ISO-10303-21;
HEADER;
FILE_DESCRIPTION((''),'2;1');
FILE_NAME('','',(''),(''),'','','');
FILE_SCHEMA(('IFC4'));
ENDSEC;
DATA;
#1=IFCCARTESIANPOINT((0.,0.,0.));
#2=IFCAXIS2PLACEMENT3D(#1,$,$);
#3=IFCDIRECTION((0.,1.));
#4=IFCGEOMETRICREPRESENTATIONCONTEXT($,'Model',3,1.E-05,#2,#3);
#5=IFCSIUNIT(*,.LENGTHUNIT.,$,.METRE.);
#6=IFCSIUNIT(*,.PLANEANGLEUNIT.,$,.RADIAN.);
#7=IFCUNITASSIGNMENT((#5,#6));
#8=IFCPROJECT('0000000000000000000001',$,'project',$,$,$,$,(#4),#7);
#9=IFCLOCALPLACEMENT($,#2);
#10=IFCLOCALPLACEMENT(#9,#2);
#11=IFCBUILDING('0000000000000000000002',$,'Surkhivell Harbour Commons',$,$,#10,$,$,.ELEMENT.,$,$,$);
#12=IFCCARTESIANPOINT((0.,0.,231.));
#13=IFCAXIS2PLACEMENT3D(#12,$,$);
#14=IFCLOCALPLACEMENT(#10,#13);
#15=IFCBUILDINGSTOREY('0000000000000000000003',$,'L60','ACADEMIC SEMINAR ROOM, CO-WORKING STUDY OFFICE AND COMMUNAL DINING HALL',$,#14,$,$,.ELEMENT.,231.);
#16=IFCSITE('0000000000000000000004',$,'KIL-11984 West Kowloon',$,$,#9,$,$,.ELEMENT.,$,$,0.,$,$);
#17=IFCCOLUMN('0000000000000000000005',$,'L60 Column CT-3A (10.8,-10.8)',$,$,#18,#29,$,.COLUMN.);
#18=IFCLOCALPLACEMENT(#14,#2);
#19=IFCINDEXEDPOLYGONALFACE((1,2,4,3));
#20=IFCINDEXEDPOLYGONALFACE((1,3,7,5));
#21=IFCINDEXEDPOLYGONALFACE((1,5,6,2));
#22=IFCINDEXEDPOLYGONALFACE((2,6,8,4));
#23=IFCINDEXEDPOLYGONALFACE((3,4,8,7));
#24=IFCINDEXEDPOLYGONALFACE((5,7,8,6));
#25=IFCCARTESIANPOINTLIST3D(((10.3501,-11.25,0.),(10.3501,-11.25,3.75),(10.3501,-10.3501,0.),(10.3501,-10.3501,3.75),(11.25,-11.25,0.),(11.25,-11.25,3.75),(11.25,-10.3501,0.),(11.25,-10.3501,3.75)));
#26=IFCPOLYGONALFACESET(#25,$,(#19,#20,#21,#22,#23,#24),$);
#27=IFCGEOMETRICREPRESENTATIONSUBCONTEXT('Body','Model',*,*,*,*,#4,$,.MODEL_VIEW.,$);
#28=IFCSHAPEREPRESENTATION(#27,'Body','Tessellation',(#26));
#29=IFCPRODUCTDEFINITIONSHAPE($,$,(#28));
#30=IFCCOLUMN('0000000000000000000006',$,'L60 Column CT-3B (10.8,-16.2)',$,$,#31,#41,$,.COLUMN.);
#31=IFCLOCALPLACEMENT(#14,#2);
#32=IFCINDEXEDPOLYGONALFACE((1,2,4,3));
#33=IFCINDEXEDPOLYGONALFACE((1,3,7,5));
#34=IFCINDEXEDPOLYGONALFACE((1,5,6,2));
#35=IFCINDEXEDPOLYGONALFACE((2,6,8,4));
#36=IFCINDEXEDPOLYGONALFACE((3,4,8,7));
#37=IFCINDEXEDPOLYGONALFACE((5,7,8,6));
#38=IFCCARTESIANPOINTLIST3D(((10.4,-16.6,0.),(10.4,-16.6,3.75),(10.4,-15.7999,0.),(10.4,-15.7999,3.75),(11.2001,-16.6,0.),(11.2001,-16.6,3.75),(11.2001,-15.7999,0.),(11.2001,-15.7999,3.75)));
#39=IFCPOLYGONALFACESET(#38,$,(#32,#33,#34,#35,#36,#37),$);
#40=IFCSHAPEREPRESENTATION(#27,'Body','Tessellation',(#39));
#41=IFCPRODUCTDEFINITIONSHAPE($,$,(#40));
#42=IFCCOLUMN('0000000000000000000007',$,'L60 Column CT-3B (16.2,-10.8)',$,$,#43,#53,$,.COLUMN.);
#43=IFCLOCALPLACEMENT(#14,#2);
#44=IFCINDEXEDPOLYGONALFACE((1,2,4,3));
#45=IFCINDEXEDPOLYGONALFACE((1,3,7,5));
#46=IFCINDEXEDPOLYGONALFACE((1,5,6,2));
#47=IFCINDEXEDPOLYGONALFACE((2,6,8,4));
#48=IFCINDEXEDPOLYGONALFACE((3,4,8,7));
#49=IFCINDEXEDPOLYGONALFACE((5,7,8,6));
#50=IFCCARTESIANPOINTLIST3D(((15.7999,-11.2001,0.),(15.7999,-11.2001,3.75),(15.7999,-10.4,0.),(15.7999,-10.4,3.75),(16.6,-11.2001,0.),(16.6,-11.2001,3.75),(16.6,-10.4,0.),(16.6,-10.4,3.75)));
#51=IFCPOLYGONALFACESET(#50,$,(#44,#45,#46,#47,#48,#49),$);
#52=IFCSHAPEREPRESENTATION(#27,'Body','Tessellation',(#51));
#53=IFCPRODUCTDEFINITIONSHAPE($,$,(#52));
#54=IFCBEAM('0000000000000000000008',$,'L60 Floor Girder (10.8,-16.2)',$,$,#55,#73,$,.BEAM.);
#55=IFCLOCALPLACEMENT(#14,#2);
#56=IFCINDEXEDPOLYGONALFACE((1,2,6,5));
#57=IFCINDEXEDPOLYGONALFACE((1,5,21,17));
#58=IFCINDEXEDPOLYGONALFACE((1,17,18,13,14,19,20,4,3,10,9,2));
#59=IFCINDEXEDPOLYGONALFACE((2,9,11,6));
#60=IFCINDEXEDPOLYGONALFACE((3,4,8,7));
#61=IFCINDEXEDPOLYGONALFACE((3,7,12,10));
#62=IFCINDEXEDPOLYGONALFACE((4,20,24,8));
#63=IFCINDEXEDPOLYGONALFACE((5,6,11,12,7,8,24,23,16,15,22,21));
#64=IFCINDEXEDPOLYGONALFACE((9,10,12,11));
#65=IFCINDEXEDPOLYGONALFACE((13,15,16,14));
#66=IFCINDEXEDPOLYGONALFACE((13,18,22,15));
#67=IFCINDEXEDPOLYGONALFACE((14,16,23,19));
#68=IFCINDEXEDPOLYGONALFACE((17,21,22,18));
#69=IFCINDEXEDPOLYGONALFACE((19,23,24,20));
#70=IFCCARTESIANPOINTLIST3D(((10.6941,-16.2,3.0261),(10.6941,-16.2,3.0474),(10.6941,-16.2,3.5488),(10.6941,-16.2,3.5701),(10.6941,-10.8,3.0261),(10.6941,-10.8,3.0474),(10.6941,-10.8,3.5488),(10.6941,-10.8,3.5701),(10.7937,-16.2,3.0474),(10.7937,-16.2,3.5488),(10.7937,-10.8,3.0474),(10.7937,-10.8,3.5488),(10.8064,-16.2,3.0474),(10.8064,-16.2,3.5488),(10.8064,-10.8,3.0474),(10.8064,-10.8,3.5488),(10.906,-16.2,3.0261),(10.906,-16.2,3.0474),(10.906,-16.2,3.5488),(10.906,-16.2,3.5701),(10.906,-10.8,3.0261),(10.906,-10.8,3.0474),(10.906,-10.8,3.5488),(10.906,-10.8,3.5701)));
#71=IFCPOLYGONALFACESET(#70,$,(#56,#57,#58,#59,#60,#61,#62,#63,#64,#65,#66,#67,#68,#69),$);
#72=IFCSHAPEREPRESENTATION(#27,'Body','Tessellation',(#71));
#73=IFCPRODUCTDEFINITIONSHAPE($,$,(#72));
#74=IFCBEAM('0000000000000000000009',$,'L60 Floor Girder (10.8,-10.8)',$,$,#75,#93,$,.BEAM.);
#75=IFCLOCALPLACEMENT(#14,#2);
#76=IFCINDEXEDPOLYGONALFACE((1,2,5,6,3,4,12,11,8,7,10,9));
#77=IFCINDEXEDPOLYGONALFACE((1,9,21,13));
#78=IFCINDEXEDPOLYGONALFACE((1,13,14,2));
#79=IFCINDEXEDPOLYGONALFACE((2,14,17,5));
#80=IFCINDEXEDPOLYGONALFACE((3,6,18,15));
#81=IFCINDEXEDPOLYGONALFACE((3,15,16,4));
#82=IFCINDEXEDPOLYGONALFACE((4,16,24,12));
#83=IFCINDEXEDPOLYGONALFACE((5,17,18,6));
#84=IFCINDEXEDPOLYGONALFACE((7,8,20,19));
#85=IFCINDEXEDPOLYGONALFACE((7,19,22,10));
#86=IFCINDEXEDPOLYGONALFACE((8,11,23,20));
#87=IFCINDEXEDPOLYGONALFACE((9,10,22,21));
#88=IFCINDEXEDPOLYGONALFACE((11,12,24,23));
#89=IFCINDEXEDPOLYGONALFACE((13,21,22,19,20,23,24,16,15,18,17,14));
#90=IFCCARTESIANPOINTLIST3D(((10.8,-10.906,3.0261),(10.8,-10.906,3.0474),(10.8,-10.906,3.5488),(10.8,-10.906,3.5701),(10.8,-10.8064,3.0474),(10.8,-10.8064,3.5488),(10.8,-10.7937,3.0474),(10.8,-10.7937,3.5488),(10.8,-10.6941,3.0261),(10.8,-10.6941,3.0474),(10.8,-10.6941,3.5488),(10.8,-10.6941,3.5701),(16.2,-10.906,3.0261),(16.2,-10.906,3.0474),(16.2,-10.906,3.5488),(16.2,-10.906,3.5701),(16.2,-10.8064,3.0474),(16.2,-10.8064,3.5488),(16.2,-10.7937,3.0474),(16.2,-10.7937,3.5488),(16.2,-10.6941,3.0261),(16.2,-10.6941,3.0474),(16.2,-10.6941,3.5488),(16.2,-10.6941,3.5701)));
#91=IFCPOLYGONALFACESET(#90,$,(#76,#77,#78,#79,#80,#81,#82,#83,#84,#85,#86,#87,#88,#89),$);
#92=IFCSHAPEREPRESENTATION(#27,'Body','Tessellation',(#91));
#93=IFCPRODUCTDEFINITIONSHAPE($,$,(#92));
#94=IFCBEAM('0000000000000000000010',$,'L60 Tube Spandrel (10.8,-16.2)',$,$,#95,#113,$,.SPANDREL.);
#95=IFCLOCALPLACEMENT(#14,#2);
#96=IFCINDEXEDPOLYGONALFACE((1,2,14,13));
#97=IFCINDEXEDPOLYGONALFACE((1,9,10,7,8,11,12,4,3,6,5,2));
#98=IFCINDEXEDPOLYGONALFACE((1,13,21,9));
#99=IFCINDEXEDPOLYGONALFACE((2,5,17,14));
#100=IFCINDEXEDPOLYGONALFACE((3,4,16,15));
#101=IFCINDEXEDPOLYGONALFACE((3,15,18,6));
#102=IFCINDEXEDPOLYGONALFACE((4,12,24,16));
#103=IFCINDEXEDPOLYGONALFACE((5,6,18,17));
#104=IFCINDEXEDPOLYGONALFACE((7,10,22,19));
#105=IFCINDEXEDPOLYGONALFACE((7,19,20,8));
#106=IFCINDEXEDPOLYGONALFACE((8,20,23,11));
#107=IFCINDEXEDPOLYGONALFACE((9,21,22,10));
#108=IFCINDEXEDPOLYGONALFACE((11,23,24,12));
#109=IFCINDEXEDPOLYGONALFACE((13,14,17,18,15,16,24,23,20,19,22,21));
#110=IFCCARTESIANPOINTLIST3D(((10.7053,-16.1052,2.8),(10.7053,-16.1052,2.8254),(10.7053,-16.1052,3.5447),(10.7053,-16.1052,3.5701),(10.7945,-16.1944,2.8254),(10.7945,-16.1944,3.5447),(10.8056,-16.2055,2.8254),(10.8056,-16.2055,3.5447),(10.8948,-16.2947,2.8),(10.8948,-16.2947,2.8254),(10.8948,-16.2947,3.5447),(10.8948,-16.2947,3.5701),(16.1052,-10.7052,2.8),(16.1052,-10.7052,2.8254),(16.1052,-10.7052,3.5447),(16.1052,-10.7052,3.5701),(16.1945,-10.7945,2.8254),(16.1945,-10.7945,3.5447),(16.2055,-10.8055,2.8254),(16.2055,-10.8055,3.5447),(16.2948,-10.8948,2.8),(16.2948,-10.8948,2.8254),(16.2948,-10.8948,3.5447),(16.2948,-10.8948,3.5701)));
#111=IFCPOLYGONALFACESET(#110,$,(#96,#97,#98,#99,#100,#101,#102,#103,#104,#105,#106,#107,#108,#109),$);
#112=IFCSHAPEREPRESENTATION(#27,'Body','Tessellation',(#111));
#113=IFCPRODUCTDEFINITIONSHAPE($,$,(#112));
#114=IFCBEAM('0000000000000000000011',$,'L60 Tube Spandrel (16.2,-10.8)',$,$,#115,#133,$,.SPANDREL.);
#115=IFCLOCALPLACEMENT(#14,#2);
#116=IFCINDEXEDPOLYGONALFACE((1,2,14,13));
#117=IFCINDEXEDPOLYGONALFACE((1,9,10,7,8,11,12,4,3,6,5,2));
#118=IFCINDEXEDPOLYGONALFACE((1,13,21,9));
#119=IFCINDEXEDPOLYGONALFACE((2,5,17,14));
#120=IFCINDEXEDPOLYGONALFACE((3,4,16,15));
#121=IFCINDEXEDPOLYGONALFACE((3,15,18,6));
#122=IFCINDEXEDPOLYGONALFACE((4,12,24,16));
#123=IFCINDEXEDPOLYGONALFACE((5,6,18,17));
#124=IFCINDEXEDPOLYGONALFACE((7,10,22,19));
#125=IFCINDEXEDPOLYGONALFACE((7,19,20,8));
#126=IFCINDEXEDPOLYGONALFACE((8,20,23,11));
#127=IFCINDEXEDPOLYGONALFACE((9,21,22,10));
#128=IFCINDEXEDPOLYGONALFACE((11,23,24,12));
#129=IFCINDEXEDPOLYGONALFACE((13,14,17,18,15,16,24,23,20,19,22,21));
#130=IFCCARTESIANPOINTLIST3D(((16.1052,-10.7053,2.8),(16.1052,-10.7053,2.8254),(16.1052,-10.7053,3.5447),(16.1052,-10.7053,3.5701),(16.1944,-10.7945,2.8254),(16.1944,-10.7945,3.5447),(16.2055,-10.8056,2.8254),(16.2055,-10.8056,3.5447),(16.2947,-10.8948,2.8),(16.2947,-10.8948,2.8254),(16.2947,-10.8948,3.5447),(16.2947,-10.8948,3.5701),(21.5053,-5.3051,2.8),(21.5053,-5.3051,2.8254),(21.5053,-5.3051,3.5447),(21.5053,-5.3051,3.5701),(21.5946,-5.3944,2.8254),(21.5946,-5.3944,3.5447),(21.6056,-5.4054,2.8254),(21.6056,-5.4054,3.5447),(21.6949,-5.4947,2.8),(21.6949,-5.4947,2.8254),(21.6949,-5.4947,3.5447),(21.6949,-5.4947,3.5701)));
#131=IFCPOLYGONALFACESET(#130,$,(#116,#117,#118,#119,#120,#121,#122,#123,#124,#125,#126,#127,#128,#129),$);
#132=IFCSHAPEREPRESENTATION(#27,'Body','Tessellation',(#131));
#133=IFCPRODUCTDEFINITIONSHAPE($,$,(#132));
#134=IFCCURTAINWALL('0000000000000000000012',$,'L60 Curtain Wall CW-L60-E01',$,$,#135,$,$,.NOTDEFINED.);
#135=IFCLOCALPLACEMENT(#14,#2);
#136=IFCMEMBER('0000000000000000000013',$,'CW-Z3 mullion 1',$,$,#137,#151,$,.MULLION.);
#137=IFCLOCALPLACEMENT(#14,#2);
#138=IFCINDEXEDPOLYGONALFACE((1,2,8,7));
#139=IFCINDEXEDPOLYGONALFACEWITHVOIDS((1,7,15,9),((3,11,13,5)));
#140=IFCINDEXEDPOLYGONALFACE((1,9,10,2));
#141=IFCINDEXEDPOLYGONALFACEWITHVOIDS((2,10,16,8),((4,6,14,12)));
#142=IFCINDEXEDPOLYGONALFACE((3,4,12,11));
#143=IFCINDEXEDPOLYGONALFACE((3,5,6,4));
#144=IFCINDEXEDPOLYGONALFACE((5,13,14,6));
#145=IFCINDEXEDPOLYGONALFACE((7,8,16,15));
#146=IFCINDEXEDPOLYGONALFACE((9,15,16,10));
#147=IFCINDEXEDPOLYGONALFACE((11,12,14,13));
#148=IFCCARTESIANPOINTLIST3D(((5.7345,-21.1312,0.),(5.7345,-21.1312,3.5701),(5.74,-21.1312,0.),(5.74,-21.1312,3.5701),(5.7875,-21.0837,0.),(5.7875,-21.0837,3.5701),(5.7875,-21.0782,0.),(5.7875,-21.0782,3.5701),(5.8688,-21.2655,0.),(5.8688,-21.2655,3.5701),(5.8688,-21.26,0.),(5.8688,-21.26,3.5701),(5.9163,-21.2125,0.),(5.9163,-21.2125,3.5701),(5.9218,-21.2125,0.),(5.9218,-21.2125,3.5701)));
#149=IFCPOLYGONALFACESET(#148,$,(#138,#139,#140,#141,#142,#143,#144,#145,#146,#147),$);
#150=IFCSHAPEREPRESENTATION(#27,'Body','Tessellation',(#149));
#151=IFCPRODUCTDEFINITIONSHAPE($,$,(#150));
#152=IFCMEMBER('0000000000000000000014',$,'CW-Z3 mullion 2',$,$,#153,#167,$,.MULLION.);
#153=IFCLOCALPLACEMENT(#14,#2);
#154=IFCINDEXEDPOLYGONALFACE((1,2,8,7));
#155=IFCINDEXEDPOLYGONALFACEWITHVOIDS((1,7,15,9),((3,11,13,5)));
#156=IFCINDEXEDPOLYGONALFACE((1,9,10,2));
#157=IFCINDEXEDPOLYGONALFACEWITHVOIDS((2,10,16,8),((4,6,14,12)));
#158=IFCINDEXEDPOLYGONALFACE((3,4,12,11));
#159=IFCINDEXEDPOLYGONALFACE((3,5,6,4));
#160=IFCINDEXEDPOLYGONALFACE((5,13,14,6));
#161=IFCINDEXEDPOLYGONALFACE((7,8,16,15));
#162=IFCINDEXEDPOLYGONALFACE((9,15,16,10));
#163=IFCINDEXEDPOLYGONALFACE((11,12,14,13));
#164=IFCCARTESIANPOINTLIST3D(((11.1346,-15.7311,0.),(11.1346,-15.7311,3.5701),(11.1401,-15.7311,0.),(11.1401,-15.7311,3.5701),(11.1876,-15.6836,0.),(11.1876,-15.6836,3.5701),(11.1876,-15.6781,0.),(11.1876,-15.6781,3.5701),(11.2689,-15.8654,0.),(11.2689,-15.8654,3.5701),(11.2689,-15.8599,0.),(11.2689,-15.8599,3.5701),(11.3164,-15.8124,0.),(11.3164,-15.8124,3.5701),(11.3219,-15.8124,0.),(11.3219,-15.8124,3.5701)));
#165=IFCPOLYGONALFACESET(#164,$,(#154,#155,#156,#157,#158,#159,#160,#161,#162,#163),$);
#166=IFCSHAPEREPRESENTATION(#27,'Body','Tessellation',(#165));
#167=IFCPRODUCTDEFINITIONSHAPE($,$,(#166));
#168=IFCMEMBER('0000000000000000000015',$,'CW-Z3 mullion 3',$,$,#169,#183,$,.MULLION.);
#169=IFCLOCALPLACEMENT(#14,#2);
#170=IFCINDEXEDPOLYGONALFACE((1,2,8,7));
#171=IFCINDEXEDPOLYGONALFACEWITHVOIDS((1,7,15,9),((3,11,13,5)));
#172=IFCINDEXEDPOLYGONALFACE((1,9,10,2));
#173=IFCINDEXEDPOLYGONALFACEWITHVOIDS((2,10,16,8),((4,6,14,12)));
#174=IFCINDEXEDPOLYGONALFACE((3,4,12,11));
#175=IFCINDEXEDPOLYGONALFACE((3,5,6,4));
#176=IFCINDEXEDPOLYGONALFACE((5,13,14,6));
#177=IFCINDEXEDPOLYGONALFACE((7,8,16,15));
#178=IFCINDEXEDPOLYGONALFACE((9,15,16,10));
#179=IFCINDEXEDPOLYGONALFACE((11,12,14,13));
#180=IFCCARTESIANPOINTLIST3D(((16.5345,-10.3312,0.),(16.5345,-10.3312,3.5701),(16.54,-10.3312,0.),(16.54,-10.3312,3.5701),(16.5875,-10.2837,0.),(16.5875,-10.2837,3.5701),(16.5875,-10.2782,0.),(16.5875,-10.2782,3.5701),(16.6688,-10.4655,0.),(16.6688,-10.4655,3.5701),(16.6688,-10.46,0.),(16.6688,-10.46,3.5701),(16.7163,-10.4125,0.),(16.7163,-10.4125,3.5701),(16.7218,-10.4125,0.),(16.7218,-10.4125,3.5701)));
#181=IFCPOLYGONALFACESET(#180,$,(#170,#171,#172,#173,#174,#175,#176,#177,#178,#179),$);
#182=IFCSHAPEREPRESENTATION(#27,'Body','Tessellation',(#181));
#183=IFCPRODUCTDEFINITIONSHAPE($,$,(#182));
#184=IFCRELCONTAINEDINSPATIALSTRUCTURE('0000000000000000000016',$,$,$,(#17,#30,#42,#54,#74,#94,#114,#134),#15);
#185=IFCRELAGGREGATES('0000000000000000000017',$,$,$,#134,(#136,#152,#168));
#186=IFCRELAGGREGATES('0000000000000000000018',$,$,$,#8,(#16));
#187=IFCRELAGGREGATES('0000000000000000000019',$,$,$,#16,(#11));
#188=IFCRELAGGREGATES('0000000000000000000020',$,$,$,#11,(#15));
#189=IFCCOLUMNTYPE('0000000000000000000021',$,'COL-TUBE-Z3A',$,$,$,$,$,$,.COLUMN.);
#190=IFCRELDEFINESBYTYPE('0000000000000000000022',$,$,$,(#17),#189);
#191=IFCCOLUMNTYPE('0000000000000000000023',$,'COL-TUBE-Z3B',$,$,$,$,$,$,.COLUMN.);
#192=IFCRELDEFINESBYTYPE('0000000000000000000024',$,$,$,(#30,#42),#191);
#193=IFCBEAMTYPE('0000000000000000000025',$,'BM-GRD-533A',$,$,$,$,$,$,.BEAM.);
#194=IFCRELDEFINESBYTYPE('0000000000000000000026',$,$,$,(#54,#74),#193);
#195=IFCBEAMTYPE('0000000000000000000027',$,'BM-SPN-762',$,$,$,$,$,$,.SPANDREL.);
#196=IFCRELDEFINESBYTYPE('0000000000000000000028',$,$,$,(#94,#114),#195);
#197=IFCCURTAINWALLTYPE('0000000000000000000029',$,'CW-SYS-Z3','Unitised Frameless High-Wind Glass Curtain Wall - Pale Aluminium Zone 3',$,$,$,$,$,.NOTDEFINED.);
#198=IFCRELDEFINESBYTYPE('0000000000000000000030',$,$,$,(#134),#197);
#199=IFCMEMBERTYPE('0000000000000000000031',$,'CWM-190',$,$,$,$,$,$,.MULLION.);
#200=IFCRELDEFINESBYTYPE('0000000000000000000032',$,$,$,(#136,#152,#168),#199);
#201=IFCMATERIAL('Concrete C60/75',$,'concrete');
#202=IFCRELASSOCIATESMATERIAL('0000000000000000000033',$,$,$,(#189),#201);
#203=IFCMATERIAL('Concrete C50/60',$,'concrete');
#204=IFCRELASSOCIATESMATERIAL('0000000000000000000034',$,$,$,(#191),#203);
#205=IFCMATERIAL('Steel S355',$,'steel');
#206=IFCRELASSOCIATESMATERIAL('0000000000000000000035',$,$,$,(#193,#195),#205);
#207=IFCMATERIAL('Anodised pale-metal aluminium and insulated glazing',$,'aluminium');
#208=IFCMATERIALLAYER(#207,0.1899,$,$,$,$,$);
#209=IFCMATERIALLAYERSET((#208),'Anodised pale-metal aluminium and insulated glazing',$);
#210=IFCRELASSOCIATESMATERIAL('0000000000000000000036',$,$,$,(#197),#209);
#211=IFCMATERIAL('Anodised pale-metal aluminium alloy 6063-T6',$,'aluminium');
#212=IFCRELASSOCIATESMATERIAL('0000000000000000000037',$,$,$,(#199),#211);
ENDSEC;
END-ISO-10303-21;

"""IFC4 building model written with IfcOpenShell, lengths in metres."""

from ifc_helpers import new_model, si_unit, direction, frame, origin, origin_2d, place, context, subcontext, project, spatial, rectangle, hollow_rectangle, i_section, extrude, material, layer, layer_set, material_profile, profile_set, type_object, element, aggregate, save


model = new_model("IFC4")

# Units and contexts
model_context = context("Model", 3, precision=1e-05, world=origin(), true_north=direction((0.0, 1.0)))
body_context = subcontext(model_context, "Body", "Model", "MODEL_VIEW")
ifc_project = project(units=[si_unit("LENGTHUNIT", "METRE"), si_unit("PLANEANGLEUNIT", "RADIAN")], contexts=[model_context])

# Site, building, storey
site_placement = place(None, origin())
site = spatial("IfcSite", under=ifc_project, at=site_placement, Name="KIL-11984 West Kowloon", CompositionType="ELEMENT", RefElevation=0.0)
building_placement = place(site_placement, origin())
building = spatial("IfcBuilding", under=site, at=building_placement, Name="Surkhivell Harbour Commons", CompositionType="ELEMENT")
storey_placement = place(building_placement, frame((0.0, 0.0, 231.0)))
storey = spatial("IfcBuildingStorey", under=building, at=storey_placement, Name="L60", Description="ACADEMIC SEMINAR ROOM, CO-WORKING STUDY OFFICE AND COMMUNAL DINING HALL", CompositionType="ELEMENT", Elevation=231.0)

# Columns
ifc_material_1 = material(Name="Concrete C60/75", Category="concrete")
ifc_material_profile_1 = material_profile(ifc_material_1, rectangle(XDim=0.8999, YDim=0.8999, at=origin_2d()), Name="RC-COL-900x900")
ifc_profile_set_1 = profile_set([ifc_material_profile_1], Name="Concrete C60/75")
column_type_1 = type_object("IfcColumnType", Name="COL-TUBE-Z3A", PredefinedType="COLUMN", material=ifc_profile_set_1)
column_placement = place(storey_placement, frame((10.8, -10.8, 0.0), z_axis=(0.0, 0.0, 1.0), x_axis=(1.0, 0.0, 0.0)))
element("IfcColumn", 1, at=column_placement, inside=storey, type_object=column_type_1, Name="L60 Column CT-3A (10.8,-10.8)", PredefinedType="COLUMN", context=body_context, shape_type="SweptSolid", body=[
    extrude(rectangle(XDim=0.8999, YDim=0.8999, at=origin_2d()), origin(), (0.0, 0.0, 1.0), 3.75),
])
ifc_material_2 = material(Name="Concrete C50/60", Category="concrete")
ifc_material_profile_2 = material_profile(ifc_material_2, rectangle(XDim=0.8, YDim=0.8, at=origin_2d()), Name="RC-COL-800x800")
ifc_profile_set_2 = profile_set([ifc_material_profile_2], Name="Concrete C50/60")
column_type_2 = type_object("IfcColumnType", Name="COL-TUBE-Z3B", PredefinedType="COLUMN", material=ifc_profile_set_2)
for number, where, z_axis, x_axis, name in (
    (2, (10.8, -16.2, 0.0), (0.0, 0.0, 1.0), (1.0, 0.0, 0.0), "L60 Column CT-3B (10.8,-16.2)"),
    (3, (16.2, -10.8, 0.0), (0.0, 0.0, 1.0), (1.0, 0.0, 0.0), "L60 Column CT-3B (16.2,-10.8)"),
):
    element("IfcColumn", number, at=place(storey_placement, frame(where, z_axis=z_axis, x_axis=x_axis)), inside=storey, type_object=column_type_2, Name=name, PredefinedType="COLUMN", context=body_context, shape_type="SweptSolid", body=[
        extrude(rectangle(XDim=0.8, YDim=0.8, at=origin_2d()), origin(), (0.0, 0.0, 1.0), 3.75),
    ])

# Beams
ifc_material_3 = material(Name="Steel S355", Category="steel")
ifc_material_profile_3 = material_profile(ifc_material_3, i_section(OverallWidth=0.2119, OverallDepth=0.5439, WebThickness=0.0127, FlangeThickness=0.0212, at=origin_2d()), Name="UB533x210x122")
ifc_profile_set_3 = profile_set([ifc_material_profile_3], Name="Steel S355")
beam_type_1 = type_object("IfcBeamType", Name="BM-GRD-533A", PredefinedType="BEAM", material=ifc_profile_set_3)
for number, where, z_axis, x_axis, name in (
    (4, (10.8, -16.2, 3.2981), (0.0, 1.0, 0.0), (-1.0, 0.0, 0.0), "L60 Floor Girder (10.8,-16.2)"),
    (5, (10.8, -10.8, 3.2981), (1.0, 0.0, 0.0), (0.0, 1.0, 0.0), "L60 Floor Girder (10.8,-10.8)"),
):
    element("IfcBeam", number, at=place(storey_placement, frame(where, z_axis=z_axis, x_axis=x_axis)), inside=storey, type_object=beam_type_1, Name=name, PredefinedType="BEAM", context=body_context, shape_type="SweptSolid", body=[
        extrude(i_section(OverallWidth=0.2119, OverallDepth=0.5439, WebThickness=0.0127, FlangeThickness=0.0212, at=origin_2d()), origin(), (0.0, 0.0, 1.0), 5.3999),
    ])
ifc_material_profile_4 = material_profile(ifc_material_3, i_section(OverallWidth=0.2681, OverallDepth=0.77, WebThickness=0.0156, FlangeThickness=0.0254, at=origin_2d()), Name="UB762x267x197")
ifc_profile_set_4 = profile_set([ifc_material_profile_4], Name="Steel S355")
beam_type_2 = type_object("IfcBeamType", Name="BM-SPN-762", PredefinedType="SPANDREL", material=ifc_profile_set_4)
beam_1_placement = place(storey_placement, frame((10.8, -16.2, 3.1851), z_axis=(0.707107, 0.707107, 0.0), x_axis=(-0.707107, 0.707107, 0.0)))
element("IfcBeam", 6, at=beam_1_placement, inside=storey, type_object=beam_type_2, Name="L60 Tube Spandrel (10.8,-16.2)", PredefinedType="SPANDREL", context=body_context, shape_type="SweptSolid", body=[
    extrude(i_section(OverallWidth=0.2681, OverallDepth=0.77, WebThickness=0.0156, FlangeThickness=0.0254, at=origin_2d()), origin(), (0.0, 0.0, 1.0), 7.6367),
])
beam_2_placement = place(storey_placement, frame((16.2, -10.8, 3.1851), z_axis=(0.707107, 0.707107, 0.0), x_axis=(-0.707107, 0.707107, 0.0)))
element("IfcBeam", 7, at=beam_2_placement, inside=storey, type_object=beam_type_2, Name="L60 Tube Spandrel (16.2,-10.8)", PredefinedType="SPANDREL", context=body_context, shape_type="SweptSolid", body=[
    extrude(i_section(OverallWidth=0.2681, OverallDepth=0.77, WebThickness=0.0156, FlangeThickness=0.0254, at=origin_2d()), origin(), (0.0, 0.0, 1.0), 7.637),
])

# Curtain wall, members
ifc_material_4 = material(Name="Anodised pale-metal aluminium and insulated glazing", Category="aluminium")
ifc_layer_1 = layer(ifc_material_4, 0.1899)
ifc_layer_set_1 = layer_set([ifc_layer_1], Name="Anodised pale-metal aluminium and insulated glazing")
curtain_wall_type = type_object("IfcCurtainWallType", Name="CW-SYS-Z3", Description="Unitised Frameless High-Wind Glass Curtain Wall - Pale Aluminium Zone 3", PredefinedType="NOTDEFINED", material=ifc_layer_set_1)
curtain_wall_placement = place(storey_placement, origin())
curtain_wall = element("IfcCurtainWall", 8, at=curtain_wall_placement, inside=storey, type_object=curtain_wall_type, Name="L60 Curtain Wall CW-L60-E01", PredefinedType="NOTDEFINED")
ifc_material_5 = material(Name="Anodised pale-metal aluminium alloy 6063-T6", Category="aluminium")
ifc_material_profile_5 = material_profile(ifc_material_5, hollow_rectangle(XDim=0.075, YDim=0.1899, WallThickness=0.0039, at=origin_2d()), Name="ALU-MULL-75x190")
ifc_profile_set_5 = profile_set([ifc_material_profile_5], Name="Anodised pale-metal aluminium alloy 6063-T6")
member_type_1 = type_object("IfcMemberType", Name="CWM-190", PredefinedType="MULLION", material=ifc_profile_set_5)
member_1_placement = place(storey_placement, frame((5.8281, -21.1719, 0.0), z_axis=(0.0, 0.0, 1.0), x_axis=(0.707107, 0.707107, 0.0)))
member_1 = element("IfcMember", 9, at=member_1_placement, type_object=member_type_1, Name="CW-Z3 mullion 1", PredefinedType="MULLION", context=body_context, shape_type="SweptSolid", body=[
    extrude(hollow_rectangle(XDim=0.075, YDim=0.1899, WallThickness=0.0039, at=origin_2d()), origin(), (0.0, 0.0, 1.0), 3.5701),
])
member_2_placement = place(storey_placement, frame((11.2283, -15.7717, 0.0), z_axis=(0.0, 0.0, 1.0), x_axis=(0.707107, 0.707107, 0.0)))
member_2 = element("IfcMember", 10, at=member_2_placement, type_object=member_type_1, Name="CW-Z3 mullion 2", PredefinedType="MULLION", context=body_context, shape_type="SweptSolid", body=[
    extrude(hollow_rectangle(XDim=0.075, YDim=0.1899, WallThickness=0.0039, at=origin_2d()), origin(), (0.0, 0.0, 1.0), 3.5701),
])
member_3_placement = place(storey_placement, frame((16.6282, -10.3718, 0.0), z_axis=(0.0, 0.0, 1.0), x_axis=(0.707107, 0.707107, 0.0)))
member_3 = element("IfcMember", 11, at=member_3_placement, type_object=member_type_1, Name="CW-Z3 mullion 3", PredefinedType="MULLION", context=body_context, shape_type="SweptSolid", body=[
    extrude(hollow_rectangle(XDim=0.075, YDim=0.1899, WallThickness=0.0039, at=origin_2d()), origin(), (0.0, 0.0, 1.0), 3.5701),
])
aggregate(curtain_wall, [member_1, member_2, member_3])

save(model, "model.ifc")
